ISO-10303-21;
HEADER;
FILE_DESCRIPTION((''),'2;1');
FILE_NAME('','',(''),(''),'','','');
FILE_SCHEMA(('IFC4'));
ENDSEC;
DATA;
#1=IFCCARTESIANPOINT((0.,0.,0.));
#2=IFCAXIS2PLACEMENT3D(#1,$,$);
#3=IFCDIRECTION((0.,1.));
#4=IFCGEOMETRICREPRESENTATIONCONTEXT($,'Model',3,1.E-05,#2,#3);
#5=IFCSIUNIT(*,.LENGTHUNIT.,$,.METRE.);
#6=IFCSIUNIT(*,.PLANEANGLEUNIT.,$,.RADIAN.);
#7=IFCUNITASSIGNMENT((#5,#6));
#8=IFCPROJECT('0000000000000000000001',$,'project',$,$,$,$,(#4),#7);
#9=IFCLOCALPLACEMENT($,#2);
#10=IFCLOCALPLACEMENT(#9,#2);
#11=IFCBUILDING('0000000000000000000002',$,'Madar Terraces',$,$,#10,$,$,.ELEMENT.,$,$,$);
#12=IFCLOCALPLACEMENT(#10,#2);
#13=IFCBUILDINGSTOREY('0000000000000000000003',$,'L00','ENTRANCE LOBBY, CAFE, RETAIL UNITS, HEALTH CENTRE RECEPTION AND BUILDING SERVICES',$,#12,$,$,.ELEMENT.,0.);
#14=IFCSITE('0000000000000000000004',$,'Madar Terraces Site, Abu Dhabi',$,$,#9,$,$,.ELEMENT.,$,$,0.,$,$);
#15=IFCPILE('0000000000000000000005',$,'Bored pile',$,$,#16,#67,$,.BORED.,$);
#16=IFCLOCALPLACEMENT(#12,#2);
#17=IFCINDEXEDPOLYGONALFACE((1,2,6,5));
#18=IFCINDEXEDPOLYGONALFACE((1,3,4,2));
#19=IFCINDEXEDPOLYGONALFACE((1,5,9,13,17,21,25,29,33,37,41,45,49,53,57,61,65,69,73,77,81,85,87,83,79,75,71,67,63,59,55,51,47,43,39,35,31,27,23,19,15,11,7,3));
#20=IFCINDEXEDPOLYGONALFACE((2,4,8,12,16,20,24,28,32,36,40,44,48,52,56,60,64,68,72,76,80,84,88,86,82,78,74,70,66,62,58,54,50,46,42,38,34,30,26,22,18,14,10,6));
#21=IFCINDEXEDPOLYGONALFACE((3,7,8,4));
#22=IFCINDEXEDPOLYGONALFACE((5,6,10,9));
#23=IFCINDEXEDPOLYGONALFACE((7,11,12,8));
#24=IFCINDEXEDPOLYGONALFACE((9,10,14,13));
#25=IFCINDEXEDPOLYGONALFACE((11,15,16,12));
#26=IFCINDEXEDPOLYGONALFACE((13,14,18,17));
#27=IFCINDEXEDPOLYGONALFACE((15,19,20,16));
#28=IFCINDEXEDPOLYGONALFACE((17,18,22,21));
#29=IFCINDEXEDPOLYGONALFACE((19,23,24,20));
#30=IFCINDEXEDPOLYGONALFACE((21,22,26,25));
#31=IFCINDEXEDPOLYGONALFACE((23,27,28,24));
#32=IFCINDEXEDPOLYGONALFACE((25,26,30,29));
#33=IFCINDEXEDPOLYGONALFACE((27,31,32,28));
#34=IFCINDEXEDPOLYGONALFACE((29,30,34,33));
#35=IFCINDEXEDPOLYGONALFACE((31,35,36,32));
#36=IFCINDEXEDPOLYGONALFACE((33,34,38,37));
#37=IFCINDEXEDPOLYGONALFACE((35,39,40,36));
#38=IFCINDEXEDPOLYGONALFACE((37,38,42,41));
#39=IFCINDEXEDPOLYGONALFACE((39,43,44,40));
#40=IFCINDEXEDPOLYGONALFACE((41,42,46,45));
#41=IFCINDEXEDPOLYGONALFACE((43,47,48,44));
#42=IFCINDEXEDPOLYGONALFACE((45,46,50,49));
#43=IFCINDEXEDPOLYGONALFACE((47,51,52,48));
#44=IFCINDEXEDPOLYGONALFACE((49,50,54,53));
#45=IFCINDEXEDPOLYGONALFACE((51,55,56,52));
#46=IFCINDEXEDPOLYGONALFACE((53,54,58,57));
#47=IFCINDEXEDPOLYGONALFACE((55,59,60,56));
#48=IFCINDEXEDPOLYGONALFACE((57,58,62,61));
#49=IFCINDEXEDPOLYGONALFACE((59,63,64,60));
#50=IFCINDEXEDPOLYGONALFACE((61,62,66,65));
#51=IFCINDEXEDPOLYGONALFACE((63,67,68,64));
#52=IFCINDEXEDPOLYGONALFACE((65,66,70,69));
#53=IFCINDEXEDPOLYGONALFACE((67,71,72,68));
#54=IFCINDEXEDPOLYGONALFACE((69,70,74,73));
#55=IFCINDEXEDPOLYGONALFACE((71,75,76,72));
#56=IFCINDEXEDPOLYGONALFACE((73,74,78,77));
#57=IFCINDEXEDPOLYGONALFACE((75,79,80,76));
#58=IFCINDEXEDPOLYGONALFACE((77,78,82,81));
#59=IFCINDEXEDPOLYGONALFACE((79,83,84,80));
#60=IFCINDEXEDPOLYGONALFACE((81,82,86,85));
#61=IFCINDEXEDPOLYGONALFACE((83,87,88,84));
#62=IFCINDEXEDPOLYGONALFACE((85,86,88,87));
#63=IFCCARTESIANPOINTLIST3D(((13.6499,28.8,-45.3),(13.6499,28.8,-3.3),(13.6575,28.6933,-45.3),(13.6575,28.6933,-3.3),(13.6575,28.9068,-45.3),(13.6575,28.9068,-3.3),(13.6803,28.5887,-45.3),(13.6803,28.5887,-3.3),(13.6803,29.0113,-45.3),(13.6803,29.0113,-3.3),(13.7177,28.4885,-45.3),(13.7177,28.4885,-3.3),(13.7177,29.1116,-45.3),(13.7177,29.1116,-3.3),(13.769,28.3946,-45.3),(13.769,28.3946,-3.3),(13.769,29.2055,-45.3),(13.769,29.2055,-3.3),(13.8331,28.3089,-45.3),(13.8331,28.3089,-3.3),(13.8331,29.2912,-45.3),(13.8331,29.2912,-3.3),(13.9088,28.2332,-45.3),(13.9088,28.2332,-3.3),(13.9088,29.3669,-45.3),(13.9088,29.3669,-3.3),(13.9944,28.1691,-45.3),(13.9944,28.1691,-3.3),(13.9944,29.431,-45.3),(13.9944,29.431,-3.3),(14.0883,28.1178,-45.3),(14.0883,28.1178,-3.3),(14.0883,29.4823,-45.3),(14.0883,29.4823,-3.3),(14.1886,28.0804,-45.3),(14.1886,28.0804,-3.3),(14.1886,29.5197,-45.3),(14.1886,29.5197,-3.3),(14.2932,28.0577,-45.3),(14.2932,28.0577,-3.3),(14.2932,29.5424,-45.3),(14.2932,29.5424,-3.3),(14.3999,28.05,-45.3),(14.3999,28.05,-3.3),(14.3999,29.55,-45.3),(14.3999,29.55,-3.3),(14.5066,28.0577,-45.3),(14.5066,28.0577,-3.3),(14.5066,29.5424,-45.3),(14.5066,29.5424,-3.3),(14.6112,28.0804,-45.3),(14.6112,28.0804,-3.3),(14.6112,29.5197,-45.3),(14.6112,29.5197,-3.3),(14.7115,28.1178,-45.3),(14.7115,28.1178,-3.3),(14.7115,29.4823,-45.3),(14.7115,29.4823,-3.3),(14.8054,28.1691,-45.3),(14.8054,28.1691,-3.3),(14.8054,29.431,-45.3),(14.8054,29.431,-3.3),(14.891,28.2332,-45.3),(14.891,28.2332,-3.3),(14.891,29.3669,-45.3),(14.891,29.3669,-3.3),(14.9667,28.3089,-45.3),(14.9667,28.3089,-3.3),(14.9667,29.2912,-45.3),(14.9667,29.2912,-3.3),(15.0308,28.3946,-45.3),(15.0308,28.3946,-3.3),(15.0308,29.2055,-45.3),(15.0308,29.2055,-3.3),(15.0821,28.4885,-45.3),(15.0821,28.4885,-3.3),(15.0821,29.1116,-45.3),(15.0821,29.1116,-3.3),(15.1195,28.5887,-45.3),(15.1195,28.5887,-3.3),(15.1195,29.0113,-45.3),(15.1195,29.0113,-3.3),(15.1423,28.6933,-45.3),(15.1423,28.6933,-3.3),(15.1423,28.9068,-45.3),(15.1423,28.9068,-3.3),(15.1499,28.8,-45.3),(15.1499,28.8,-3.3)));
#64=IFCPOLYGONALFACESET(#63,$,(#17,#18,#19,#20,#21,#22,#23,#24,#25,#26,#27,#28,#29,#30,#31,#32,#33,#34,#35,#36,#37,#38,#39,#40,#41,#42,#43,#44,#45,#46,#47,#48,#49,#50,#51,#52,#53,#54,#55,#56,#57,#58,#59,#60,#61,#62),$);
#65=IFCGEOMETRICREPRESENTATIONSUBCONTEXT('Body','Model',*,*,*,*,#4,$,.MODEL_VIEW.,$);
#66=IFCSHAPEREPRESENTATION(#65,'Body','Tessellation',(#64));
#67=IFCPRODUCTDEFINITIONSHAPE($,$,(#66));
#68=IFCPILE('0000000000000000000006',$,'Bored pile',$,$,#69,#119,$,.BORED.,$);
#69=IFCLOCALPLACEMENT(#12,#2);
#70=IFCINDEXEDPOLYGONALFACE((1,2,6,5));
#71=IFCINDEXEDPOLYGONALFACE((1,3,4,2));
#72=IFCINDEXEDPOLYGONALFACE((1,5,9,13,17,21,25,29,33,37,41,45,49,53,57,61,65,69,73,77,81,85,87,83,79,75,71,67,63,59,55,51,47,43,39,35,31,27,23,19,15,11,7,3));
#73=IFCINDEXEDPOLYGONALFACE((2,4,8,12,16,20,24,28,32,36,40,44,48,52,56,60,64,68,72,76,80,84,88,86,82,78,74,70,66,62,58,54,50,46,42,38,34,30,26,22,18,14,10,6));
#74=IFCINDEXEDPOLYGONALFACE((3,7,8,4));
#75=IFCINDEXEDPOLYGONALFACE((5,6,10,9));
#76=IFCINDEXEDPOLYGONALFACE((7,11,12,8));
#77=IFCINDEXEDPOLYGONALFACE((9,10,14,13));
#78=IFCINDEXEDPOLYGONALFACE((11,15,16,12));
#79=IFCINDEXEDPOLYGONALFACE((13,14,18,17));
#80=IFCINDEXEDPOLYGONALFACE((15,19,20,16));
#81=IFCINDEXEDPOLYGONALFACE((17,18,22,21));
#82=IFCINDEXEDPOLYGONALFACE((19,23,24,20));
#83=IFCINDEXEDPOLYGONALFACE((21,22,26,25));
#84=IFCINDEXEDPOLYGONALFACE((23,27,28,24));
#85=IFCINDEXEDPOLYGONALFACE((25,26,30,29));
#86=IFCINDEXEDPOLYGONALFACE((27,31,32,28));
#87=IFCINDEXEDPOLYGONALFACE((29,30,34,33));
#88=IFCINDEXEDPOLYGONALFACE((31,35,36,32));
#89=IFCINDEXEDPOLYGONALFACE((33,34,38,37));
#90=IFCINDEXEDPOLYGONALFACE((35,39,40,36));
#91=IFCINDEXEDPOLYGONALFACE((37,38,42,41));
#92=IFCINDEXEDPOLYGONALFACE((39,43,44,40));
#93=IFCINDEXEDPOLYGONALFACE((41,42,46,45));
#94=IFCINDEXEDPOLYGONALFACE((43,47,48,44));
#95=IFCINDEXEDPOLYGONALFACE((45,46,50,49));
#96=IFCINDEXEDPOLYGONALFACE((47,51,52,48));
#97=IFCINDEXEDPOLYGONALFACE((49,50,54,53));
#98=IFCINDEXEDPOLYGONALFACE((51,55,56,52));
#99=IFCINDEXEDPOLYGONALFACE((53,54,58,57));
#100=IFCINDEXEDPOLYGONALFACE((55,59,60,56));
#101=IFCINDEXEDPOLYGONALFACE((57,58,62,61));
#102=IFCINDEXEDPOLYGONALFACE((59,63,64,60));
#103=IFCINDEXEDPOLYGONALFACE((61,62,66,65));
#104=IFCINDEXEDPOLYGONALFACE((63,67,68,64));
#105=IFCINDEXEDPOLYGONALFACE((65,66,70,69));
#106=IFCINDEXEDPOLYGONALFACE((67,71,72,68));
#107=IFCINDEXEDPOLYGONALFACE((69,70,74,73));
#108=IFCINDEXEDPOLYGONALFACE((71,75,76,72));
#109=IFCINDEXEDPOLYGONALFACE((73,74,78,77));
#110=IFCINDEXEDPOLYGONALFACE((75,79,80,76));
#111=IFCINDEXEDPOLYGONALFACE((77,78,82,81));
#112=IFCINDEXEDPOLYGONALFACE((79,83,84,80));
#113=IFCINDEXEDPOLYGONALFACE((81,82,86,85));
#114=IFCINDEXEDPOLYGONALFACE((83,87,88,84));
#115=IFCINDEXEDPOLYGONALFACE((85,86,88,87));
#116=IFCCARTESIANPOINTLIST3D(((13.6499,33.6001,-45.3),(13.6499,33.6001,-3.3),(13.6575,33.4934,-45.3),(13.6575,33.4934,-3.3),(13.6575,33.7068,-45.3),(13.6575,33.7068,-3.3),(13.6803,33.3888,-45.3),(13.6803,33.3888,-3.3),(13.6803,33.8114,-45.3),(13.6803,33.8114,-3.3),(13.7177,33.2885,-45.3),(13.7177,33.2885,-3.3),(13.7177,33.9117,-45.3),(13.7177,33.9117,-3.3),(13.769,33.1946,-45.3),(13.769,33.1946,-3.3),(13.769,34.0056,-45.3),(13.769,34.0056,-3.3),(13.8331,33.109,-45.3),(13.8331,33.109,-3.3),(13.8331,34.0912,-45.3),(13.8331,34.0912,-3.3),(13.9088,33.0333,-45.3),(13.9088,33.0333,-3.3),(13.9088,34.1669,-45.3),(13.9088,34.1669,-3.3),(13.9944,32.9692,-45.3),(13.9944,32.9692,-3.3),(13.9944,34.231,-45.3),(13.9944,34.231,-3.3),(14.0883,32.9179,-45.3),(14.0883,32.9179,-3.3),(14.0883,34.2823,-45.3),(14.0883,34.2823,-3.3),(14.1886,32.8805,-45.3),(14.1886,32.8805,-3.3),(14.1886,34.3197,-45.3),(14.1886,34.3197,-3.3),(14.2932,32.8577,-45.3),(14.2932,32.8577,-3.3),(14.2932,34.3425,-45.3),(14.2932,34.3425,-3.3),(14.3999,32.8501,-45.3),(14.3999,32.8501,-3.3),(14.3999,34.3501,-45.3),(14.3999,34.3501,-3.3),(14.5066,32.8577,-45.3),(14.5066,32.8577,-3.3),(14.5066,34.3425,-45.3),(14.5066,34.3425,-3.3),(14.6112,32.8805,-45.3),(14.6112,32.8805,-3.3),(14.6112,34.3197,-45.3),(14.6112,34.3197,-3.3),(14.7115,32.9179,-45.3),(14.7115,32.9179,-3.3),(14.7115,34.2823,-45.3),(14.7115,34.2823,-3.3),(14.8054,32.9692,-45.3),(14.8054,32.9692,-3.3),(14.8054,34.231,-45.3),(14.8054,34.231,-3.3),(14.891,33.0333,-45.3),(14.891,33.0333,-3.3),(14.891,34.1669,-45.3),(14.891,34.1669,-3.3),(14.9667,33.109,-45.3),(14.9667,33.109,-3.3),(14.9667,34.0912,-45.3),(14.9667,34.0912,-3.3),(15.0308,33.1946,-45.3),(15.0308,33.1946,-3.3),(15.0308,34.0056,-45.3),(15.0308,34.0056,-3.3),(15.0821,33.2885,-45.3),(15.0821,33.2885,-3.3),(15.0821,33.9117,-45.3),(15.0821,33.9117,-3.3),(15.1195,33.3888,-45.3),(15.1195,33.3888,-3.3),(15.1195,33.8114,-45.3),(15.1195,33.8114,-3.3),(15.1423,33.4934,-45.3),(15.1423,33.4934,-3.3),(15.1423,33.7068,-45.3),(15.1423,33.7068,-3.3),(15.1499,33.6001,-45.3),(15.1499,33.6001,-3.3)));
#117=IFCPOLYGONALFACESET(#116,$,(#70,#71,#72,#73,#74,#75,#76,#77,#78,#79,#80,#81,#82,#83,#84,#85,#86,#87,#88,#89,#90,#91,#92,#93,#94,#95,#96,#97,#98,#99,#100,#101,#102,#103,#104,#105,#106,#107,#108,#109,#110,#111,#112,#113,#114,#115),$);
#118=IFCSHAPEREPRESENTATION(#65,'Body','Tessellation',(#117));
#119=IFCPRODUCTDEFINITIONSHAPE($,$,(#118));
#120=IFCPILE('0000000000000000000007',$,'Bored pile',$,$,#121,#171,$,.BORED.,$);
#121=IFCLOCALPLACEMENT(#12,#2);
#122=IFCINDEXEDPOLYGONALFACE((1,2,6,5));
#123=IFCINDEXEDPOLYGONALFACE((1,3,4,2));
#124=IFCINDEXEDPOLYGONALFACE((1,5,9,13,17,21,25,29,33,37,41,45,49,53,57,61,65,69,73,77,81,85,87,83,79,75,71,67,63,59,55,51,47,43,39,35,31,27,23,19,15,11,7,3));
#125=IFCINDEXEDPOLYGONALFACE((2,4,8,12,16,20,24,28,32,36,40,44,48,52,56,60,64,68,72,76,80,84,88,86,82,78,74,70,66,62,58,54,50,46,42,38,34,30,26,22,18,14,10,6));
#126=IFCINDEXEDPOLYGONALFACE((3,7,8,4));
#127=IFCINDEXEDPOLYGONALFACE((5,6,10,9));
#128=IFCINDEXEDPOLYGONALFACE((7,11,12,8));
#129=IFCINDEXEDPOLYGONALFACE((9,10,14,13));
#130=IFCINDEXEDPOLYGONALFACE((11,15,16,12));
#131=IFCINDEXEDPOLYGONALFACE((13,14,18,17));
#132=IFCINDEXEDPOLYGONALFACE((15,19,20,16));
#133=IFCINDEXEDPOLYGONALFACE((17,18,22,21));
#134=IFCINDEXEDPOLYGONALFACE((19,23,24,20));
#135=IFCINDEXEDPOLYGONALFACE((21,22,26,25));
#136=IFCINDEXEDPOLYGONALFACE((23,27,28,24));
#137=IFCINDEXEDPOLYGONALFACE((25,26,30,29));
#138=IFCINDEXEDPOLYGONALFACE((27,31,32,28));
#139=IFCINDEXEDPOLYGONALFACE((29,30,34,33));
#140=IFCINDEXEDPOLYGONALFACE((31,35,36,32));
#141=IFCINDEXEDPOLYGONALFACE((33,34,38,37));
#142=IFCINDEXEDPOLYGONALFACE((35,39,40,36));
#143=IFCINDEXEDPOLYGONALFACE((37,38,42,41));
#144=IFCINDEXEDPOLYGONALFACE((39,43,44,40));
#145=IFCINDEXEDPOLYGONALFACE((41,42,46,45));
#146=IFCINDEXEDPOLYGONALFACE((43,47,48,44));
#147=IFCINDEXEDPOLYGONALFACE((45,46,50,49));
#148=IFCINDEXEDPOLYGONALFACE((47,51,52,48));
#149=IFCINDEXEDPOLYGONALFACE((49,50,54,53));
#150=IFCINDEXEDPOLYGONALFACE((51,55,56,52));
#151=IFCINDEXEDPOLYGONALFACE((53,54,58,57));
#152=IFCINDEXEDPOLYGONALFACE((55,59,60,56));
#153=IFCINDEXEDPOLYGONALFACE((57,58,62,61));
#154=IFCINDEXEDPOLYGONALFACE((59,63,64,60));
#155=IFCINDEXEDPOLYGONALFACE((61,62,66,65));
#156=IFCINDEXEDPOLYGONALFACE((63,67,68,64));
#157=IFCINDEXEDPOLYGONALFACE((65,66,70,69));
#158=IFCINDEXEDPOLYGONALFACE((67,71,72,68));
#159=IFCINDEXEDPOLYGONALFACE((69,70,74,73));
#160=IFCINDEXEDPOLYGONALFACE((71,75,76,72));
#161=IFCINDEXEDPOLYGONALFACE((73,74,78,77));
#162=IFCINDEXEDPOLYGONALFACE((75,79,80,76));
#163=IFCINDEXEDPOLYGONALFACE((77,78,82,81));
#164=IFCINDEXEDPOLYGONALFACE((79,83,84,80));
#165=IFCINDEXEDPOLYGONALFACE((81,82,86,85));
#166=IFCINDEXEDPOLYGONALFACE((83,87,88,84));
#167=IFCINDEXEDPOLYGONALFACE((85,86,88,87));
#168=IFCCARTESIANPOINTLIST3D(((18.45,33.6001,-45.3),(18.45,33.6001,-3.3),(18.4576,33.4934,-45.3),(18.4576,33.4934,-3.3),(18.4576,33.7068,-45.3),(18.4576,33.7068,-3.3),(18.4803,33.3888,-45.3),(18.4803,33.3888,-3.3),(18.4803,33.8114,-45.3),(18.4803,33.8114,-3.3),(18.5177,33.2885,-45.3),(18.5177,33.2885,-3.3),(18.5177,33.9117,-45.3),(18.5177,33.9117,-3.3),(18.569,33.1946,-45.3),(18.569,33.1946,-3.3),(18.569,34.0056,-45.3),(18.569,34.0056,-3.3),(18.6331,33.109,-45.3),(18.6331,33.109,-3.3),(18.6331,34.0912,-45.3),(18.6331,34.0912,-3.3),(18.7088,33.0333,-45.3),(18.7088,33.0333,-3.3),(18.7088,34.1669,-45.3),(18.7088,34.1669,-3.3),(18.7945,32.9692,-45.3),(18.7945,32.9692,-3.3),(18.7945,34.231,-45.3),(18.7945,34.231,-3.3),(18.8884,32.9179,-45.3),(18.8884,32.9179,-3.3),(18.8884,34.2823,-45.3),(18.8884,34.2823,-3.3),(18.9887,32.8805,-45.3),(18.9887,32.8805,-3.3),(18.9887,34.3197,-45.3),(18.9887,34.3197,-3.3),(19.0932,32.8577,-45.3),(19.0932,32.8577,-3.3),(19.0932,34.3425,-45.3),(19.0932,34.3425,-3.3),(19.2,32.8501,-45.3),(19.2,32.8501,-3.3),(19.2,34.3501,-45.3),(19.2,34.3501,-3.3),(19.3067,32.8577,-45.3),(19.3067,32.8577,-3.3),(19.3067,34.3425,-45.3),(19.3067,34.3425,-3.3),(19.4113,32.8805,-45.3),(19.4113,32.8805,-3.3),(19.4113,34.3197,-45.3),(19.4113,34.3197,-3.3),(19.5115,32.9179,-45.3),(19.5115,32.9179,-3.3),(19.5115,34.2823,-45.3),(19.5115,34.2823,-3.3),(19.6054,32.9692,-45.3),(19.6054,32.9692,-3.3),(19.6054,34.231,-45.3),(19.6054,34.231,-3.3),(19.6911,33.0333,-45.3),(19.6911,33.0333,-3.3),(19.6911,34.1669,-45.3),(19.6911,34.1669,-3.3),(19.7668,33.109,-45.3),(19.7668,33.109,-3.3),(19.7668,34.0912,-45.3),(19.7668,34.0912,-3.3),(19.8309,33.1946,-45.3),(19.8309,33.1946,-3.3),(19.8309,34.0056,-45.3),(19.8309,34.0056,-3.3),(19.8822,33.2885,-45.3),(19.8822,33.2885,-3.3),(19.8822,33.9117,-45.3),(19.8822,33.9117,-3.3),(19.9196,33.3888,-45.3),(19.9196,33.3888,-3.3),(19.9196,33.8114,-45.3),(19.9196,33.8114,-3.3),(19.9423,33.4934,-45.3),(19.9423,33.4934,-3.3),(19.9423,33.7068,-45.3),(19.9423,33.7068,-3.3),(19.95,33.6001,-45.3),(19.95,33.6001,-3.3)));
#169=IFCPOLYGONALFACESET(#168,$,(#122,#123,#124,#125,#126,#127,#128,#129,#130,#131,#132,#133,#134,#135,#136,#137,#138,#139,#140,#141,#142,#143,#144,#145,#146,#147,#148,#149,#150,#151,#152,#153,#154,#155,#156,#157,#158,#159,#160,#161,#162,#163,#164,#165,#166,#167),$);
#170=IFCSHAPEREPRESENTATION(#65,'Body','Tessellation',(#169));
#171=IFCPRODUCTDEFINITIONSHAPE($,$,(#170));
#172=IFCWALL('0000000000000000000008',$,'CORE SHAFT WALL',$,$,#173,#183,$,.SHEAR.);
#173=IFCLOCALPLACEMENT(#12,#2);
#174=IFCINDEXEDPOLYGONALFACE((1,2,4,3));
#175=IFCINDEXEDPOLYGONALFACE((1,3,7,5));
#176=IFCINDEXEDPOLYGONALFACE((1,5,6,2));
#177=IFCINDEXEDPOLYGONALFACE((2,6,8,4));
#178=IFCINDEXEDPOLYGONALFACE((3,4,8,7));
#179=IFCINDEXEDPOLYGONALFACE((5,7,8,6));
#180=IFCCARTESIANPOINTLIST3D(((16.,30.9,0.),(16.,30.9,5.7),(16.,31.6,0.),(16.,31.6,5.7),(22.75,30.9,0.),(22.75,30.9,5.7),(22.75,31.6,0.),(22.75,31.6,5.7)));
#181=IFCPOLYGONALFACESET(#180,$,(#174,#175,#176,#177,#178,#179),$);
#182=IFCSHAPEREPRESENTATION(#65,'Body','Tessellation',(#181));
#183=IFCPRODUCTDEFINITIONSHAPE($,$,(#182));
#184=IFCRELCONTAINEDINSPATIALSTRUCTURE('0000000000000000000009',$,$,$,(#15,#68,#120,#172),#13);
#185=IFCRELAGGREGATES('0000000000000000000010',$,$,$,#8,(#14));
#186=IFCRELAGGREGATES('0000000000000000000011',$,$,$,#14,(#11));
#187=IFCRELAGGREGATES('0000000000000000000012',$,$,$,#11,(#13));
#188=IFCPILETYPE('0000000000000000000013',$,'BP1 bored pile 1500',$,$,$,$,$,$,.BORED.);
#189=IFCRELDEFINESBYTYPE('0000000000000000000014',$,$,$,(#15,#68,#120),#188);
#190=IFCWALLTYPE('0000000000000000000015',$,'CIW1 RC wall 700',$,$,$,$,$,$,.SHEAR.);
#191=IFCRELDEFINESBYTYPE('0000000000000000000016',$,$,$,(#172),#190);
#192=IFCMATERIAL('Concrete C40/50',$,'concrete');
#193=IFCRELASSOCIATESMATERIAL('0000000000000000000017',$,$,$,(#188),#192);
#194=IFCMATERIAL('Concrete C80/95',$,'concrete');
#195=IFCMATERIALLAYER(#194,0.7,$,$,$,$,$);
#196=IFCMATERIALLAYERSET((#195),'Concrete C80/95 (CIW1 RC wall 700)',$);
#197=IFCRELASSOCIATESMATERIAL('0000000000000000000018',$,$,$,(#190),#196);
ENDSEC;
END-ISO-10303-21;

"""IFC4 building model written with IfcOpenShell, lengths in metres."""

from ifc_helpers import new_model, si_unit, direction, frame, frame_2d, origin, origin_2d, place, context, subcontext, project, spatial, rectangle, circle, extrude, material, layer, layer_set, material_profile, profile_set, type_object, element, save


model = new_model("IFC4")

# Units and contexts
model_context = context("Model", 3, precision=1e-05, world=origin(), true_north=direction((0.0, 1.0)))
body_context = subcontext(model_context, "Body", "Model", "MODEL_VIEW")
ifc_project = project(units=[si_unit("LENGTHUNIT", "METRE"), si_unit("PLANEANGLEUNIT", "RADIAN")], contexts=[model_context])

# Site, building, storey
site_placement = place(None, origin())
site = spatial("IfcSite", under=ifc_project, at=site_placement, Name="Madar Terraces Site, Abu Dhabi", CompositionType="ELEMENT", RefElevation=0.0)
building_placement = place(site_placement, origin())
building = spatial("IfcBuilding", under=site, at=building_placement, Name="Madar Terraces", CompositionType="ELEMENT")
storey_placement = place(building_placement, origin())
storey = spatial("IfcBuildingStorey", under=building, at=storey_placement, Name="L00", Description="ENTRANCE LOBBY, CAFE, RETAIL UNITS, HEALTH CENTRE RECEPTION AND BUILDING SERVICES", CompositionType="ELEMENT", Elevation=0.0)

# Piles
ifc_material_1 = material(Name="Concrete C40/50", Category="concrete")
ifc_material_profile = material_profile(ifc_material_1, circle(Radius=0.75, at=origin_2d()), Name="BP1 bored pile 1500")
ifc_profile_set = profile_set([ifc_material_profile], Name="Concrete C40/50")
pile_type = type_object("IfcPileType", Name="BP1 bored pile 1500", PredefinedType="BORED", material=ifc_profile_set)
for number, where, z_axis, x_axis, name in (
    (1, (14.3999, 28.8, -3.3), (0.0, 0.0, -1.0), (1.0, 0.0, 0.0), "Bored pile"),
    (2, (14.3999, 33.6001, -3.3), (0.0, 0.0, -1.0), (1.0, 0.0, 0.0), "Bored pile"),
    (3, (19.2, 33.6001, -3.3), (0.0, 0.0, -1.0), (1.0, 0.0, 0.0), "Bored pile"),
):
    element("IfcPile", number, at=place(storey_placement, frame(where, z_axis=z_axis, x_axis=x_axis)), inside=storey, type_object=pile_type, Name=name, PredefinedType="BORED", context=body_context, shape_type="SweptSolid", body=[
        extrude(circle(Radius=0.75, at=origin_2d()), origin(), (0.0, 0.0, 1.0), 42.0),
    ])

# Wall
ifc_material_2 = material(Name="Concrete C80/95", Category="concrete")
ifc_layer_1 = layer(ifc_material_2, 0.7)
ifc_layer_set_1 = layer_set([ifc_layer_1], Name="Concrete C80/95 (CIW1 RC wall 700)")
wall_type_1 = type_object("IfcWallType", Name="CIW1 RC wall 700", PredefinedType="SHEAR", material=ifc_layer_set_1)
wall_1_placement = place(storey_placement, frame((16.0, 31.25, 0.0), z_axis=(0.0, 0.0, 1.0), x_axis=(1.0, 0.0, 0.0)))
element("IfcWall", 4, at=wall_1_placement, inside=storey, type_object=wall_type_1, Name="CORE SHAFT WALL", PredefinedType="SHEAR", context=body_context, shape_type="SweptSolid", body=[
    extrude(rectangle(XDim=6.75, YDim=0.7, at=frame_2d((3.375, 0.0))), origin(), (0.0, 0.0, 1.0), 5.7),
])

save(model, "model.ifc")
